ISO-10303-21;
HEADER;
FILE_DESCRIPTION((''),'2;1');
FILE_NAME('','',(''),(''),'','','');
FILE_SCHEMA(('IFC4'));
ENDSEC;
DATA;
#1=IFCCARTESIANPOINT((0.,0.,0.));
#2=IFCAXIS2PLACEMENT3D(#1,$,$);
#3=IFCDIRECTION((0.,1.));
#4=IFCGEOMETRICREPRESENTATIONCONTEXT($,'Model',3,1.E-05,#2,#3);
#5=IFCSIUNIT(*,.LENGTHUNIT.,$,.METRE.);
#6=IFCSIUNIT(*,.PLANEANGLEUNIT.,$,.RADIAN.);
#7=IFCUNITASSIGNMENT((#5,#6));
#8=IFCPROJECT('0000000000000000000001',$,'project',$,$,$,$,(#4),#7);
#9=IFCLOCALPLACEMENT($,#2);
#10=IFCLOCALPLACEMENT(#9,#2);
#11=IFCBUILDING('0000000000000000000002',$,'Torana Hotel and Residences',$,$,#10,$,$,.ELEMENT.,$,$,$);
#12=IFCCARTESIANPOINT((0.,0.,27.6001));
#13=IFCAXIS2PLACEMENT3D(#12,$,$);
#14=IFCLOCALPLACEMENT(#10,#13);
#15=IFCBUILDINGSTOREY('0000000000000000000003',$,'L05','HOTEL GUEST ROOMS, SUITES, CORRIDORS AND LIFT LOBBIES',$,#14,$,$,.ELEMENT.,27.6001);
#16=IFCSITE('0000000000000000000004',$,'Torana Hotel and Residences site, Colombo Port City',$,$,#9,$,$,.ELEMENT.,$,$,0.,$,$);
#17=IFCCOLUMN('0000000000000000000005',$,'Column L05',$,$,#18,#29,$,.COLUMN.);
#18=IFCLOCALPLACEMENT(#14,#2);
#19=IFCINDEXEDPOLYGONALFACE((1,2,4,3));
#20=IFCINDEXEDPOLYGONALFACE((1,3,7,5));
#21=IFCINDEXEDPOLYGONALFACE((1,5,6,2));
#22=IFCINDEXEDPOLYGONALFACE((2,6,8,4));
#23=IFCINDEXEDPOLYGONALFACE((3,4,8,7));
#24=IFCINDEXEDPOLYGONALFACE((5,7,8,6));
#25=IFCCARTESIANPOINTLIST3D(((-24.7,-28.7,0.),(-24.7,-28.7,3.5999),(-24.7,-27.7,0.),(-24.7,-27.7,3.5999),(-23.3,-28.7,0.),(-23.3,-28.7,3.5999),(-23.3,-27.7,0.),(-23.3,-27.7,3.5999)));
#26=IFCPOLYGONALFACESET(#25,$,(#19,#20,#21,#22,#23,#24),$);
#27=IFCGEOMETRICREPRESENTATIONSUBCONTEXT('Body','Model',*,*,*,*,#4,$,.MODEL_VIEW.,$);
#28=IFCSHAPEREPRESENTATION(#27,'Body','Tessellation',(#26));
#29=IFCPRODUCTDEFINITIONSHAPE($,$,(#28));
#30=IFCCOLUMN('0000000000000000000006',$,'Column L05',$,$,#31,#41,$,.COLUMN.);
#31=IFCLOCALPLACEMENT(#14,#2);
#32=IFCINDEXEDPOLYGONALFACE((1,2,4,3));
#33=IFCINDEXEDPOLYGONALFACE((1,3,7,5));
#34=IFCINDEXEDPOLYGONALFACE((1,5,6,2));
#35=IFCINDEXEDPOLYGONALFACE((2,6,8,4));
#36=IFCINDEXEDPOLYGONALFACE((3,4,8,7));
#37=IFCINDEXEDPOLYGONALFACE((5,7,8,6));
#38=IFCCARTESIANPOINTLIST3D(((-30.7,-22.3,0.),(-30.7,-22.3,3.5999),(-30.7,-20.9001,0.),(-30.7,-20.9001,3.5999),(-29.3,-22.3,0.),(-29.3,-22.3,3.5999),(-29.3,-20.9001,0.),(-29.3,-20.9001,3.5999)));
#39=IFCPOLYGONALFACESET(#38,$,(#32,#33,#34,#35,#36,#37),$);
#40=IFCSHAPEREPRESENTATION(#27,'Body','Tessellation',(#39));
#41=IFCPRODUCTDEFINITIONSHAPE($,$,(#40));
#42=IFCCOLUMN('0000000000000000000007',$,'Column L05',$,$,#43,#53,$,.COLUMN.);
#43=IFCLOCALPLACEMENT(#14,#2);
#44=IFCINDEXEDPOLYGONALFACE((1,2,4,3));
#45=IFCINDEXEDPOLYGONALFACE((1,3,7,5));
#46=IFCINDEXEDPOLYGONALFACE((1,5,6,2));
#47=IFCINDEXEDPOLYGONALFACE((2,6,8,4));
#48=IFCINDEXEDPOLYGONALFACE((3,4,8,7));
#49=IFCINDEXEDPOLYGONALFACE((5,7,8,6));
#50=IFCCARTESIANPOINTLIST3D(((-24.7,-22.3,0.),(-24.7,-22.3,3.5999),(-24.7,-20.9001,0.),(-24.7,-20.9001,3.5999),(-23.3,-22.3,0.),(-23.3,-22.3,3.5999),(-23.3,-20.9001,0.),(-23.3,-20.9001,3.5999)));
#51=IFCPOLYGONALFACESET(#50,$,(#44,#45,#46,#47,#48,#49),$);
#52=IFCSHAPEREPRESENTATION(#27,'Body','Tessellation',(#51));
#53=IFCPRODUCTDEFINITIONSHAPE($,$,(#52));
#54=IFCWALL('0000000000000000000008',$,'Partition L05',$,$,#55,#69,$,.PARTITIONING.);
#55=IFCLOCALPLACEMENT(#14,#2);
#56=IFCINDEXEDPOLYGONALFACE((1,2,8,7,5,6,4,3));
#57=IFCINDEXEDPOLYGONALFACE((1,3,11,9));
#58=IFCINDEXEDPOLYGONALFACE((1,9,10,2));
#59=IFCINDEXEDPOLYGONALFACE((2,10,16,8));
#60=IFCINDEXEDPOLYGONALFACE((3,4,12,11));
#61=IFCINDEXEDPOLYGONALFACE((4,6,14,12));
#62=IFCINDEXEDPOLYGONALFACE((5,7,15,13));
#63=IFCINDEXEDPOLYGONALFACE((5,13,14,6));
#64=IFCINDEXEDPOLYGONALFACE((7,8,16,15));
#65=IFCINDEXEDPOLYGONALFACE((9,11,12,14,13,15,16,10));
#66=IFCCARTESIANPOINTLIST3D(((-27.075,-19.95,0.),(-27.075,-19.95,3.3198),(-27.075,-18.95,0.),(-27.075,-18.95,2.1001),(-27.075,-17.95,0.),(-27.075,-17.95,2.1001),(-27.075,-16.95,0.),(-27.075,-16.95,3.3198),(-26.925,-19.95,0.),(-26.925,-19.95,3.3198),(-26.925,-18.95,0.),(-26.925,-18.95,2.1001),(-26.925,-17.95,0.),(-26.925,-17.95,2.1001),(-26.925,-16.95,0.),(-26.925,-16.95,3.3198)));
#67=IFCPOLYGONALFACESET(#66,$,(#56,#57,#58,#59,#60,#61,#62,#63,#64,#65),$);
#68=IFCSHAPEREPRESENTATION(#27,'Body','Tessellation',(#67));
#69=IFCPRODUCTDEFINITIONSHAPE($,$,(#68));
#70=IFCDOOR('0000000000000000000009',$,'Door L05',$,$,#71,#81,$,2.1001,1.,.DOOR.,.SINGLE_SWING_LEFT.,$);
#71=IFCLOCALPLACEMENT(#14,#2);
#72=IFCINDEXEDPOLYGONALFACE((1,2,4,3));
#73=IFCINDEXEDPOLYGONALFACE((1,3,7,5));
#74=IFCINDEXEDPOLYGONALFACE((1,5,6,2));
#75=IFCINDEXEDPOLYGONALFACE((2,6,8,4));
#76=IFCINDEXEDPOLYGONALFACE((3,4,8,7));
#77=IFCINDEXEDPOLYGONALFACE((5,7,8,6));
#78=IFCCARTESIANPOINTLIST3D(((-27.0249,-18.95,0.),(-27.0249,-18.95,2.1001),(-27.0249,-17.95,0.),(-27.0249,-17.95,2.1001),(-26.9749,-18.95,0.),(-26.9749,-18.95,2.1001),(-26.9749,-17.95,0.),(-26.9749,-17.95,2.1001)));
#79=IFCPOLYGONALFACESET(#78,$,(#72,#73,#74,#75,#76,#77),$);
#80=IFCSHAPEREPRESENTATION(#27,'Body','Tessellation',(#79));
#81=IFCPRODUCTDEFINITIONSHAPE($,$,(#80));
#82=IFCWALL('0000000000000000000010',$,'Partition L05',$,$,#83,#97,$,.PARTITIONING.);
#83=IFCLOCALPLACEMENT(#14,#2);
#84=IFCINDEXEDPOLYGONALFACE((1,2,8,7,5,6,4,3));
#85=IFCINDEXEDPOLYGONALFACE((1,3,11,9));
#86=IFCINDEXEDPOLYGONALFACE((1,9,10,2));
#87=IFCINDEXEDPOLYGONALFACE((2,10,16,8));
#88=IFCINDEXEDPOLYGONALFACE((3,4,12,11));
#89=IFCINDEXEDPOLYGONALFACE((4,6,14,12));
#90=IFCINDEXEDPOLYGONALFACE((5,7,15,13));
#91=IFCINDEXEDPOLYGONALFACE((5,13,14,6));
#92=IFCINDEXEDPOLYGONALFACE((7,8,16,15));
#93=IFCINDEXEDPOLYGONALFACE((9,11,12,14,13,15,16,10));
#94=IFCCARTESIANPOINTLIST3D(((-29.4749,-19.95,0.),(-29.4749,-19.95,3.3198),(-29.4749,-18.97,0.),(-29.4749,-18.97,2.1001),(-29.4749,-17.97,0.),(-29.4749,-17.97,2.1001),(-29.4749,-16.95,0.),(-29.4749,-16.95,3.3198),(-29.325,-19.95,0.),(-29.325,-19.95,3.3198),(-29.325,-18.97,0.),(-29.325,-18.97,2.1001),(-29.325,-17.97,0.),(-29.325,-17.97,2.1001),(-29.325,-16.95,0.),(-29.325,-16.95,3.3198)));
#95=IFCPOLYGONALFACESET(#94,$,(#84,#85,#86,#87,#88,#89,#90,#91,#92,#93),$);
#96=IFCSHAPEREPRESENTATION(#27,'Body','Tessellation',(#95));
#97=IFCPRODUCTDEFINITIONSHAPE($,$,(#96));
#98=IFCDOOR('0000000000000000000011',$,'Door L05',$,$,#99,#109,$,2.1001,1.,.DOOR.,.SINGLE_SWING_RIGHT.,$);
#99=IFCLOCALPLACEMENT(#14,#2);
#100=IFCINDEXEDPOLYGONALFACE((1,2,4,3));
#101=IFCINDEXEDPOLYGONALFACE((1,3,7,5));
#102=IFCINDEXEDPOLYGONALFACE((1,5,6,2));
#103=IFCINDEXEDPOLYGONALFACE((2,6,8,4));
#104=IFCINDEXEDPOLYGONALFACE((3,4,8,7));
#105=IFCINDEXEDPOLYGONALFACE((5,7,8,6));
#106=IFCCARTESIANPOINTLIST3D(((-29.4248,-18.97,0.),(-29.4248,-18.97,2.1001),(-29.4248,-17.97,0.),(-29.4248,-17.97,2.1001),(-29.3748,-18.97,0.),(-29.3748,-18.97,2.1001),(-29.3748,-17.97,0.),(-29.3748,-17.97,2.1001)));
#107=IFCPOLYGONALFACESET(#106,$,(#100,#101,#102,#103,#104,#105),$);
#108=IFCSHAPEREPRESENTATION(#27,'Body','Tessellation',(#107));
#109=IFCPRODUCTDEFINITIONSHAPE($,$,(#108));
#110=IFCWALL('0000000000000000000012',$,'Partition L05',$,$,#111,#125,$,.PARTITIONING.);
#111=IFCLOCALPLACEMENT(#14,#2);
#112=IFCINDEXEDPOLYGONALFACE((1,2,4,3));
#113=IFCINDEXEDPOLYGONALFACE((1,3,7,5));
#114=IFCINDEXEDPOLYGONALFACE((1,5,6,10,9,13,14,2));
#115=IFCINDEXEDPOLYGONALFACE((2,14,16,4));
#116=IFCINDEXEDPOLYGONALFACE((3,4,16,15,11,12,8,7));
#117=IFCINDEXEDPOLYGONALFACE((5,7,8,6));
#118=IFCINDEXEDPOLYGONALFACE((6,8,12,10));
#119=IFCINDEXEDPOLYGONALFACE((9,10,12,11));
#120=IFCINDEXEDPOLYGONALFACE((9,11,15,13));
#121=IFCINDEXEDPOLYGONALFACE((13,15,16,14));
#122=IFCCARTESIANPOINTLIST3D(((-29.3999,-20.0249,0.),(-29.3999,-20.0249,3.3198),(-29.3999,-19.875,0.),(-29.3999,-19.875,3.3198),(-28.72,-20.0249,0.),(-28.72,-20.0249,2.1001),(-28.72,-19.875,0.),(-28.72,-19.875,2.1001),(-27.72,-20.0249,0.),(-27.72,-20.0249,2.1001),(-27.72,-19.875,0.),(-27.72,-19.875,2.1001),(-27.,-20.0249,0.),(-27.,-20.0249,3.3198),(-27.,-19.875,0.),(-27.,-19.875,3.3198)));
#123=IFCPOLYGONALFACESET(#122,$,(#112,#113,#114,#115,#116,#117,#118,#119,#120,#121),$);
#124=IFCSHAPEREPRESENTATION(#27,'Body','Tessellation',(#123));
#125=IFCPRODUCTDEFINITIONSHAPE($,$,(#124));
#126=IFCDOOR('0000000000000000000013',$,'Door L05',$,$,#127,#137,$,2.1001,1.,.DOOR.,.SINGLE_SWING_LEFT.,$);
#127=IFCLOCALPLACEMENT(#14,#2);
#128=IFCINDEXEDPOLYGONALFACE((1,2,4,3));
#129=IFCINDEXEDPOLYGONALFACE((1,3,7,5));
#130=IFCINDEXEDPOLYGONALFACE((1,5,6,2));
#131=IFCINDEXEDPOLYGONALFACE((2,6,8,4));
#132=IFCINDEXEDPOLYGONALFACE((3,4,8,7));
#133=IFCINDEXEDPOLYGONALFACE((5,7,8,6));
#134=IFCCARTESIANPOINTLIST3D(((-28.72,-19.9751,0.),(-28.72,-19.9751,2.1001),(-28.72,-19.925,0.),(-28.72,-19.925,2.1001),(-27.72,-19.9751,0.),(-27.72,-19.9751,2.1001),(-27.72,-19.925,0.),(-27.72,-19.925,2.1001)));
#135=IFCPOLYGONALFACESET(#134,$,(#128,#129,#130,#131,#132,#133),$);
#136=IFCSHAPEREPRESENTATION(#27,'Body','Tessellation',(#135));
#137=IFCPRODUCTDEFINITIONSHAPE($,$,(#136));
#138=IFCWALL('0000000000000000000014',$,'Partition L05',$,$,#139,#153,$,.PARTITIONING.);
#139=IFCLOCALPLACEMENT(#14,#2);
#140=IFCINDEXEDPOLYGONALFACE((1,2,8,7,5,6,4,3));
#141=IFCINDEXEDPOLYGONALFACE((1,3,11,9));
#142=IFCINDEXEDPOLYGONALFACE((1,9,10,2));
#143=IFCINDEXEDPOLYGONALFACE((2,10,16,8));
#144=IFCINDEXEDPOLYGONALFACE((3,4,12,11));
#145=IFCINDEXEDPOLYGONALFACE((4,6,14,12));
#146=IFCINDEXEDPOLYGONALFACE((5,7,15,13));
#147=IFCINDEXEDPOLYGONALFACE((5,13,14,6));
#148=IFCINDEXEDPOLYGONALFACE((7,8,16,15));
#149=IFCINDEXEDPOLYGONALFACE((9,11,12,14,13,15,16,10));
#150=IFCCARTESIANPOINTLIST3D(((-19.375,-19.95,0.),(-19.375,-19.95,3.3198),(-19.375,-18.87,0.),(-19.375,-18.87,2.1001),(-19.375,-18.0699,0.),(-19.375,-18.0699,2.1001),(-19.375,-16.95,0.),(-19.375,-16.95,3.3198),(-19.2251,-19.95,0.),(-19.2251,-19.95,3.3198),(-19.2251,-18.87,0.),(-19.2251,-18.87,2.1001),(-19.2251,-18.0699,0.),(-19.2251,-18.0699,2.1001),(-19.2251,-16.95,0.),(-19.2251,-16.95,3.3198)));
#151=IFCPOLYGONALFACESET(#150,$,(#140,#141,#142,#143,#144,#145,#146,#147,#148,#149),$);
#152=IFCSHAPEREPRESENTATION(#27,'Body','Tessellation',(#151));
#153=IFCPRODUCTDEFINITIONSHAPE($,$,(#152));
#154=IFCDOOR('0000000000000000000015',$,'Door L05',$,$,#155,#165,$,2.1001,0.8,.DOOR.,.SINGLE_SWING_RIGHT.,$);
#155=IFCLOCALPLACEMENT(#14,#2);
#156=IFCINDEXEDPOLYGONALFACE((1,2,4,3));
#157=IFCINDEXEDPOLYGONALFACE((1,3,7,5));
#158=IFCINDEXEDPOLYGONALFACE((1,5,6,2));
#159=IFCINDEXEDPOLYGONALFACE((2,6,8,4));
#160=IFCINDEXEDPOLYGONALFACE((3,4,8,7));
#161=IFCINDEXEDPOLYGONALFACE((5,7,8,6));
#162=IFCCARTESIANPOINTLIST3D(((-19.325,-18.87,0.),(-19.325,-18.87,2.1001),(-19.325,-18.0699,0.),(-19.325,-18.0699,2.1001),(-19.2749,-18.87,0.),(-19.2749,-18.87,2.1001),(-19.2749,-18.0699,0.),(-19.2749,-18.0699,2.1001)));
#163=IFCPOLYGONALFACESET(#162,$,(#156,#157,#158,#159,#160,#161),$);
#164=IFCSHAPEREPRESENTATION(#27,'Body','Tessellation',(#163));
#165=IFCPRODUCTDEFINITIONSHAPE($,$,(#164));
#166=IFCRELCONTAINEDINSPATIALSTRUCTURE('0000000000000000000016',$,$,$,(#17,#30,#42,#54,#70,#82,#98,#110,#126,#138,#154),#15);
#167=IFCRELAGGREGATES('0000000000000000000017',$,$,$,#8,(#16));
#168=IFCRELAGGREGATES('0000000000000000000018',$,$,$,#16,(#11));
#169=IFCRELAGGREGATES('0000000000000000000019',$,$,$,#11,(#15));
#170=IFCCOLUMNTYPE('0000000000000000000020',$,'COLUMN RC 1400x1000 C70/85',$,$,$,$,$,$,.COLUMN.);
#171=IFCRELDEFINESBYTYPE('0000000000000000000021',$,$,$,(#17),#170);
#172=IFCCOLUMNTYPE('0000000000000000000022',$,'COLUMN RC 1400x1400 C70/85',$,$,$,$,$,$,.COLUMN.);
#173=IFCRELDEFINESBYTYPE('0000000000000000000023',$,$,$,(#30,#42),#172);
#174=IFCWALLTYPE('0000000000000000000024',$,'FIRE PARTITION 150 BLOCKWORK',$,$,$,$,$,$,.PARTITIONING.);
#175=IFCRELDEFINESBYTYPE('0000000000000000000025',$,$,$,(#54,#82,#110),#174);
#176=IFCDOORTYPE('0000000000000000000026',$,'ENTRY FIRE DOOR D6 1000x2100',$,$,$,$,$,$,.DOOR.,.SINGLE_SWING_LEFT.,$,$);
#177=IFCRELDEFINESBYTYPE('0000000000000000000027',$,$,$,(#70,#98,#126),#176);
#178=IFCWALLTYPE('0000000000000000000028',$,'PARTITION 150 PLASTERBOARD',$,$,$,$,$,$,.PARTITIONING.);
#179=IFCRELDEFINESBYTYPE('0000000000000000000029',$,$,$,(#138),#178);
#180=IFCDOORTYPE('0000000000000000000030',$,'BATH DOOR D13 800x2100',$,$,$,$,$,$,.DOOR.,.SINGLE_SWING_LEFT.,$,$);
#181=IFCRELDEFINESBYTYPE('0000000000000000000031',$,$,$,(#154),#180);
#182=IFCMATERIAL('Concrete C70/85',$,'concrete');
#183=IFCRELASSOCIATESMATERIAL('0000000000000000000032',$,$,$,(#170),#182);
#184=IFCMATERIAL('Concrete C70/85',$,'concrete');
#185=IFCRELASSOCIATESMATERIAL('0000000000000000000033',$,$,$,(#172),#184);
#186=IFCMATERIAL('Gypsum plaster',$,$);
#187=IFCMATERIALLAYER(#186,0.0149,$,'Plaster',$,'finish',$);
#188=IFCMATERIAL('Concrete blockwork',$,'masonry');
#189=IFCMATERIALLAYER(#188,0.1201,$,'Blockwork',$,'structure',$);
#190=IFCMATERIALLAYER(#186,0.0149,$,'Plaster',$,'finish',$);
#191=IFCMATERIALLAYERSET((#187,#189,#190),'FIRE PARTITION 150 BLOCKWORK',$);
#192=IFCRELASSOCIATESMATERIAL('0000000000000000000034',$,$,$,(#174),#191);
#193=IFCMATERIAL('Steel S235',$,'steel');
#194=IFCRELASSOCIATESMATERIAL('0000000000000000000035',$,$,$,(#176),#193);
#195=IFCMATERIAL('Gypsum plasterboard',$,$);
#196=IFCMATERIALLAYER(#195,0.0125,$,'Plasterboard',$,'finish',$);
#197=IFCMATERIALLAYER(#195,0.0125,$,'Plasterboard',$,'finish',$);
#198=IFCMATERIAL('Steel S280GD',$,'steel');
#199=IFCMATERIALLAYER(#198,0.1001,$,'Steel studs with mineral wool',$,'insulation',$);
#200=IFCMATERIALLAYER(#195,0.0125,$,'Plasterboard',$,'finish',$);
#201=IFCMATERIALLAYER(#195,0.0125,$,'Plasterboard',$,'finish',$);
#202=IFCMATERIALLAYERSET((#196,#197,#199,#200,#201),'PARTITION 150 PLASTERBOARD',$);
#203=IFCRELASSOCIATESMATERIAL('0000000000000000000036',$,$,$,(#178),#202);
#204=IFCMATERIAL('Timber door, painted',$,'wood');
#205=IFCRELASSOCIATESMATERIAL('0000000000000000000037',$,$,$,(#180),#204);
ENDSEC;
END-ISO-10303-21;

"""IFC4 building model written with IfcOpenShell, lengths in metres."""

from ifc_helpers import new_model, si_unit, direction, frame, frame_2d, origin, origin_2d, place, context, subcontext, project, spatial, rectangle, extrude, material, layer, layer_set, material_profile, profile_set, type_object, element, fill, save


model = new_model("IFC4")

# Units and contexts
model_context = context("Model", 3, precision=1e-05, world=origin(), true_north=direction((0.0, 1.0)))
body_context = subcontext(model_context, "Body", "Model", "MODEL_VIEW")
ifc_project = project(units=[si_unit("LENGTHUNIT", "METRE"), si_unit("PLANEANGLEUNIT", "RADIAN")], contexts=[model_context])

# Site, building, storey
site_placement = place(None, origin())
site = spatial("IfcSite", under=ifc_project, at=site_placement, Name="Torana Hotel and Residences site, Colombo Port City", CompositionType="ELEMENT", RefElevation=0.0)
building_placement = place(site_placement, origin())
building = spatial("IfcBuilding", under=site, at=building_placement, Name="Torana Hotel and Residences", CompositionType="ELEMENT")
storey_placement = place(building_placement, frame((0.0, 0.0, 27.6001)))
storey = spatial("IfcBuildingStorey", under=building, at=storey_placement, Name="L05", Description="HOTEL GUEST ROOMS, SUITES, CORRIDORS AND LIFT LOBBIES", CompositionType="ELEMENT", Elevation=27.6001)

# Columns
ifc_material_1 = material(Name="Concrete C70/85", Category="concrete")
ifc_material_profile_1 = material_profile(ifc_material_1, rectangle(XDim=1.3999, YDim=1.0, at=origin_2d()), Name="RC 1400x1000")
ifc_profile_set_1 = profile_set([ifc_material_profile_1], Name="Concrete C70/85")
column_type_1 = type_object("IfcColumnType", Name="COLUMN RC 1400x1000 C70/85", PredefinedType="COLUMN", material=ifc_profile_set_1)
column_placement = place(storey_placement, frame((-24.0, -28.2, 0.0), z_axis=(0.0, 0.0, 1.0), x_axis=(1.0, 0.0, 0.0)))
element("IfcColumn", 1, at=column_placement, inside=storey, type_object=column_type_1, Name="Column L05", PredefinedType="COLUMN", context=body_context, shape_type="SweptSolid", body=[
    extrude(rectangle(XDim=1.3999, YDim=1.0, at=origin_2d()), origin(), (0.0, 0.0, 1.0), 3.5999),
])
ifc_material_2 = material(Name="Concrete C70/85", Category="concrete")
ifc_material_profile_2 = material_profile(ifc_material_2, rectangle(XDim=1.3999, YDim=1.3999, at=origin_2d()), Name="RC 1400x1400")
ifc_profile_set_2 = profile_set([ifc_material_profile_2], Name="Concrete C70/85")
column_type_2 = type_object("IfcColumnType", Name="COLUMN RC 1400x1400 C70/85", PredefinedType="COLUMN", material=ifc_profile_set_2)
for number, where, z_axis, x_axis, name in (
    (2, (-30.0, -21.6001, 0.0), (0.0, 0.0, 1.0), (1.0, 0.0, 0.0), "Column L05"),
    (3, (-24.0, -21.6001, 0.0), (0.0, 0.0, 1.0), (1.0, 0.0, 0.0), "Column L05"),
):
    element("IfcColumn", number, at=place(storey_placement, frame(where, z_axis=z_axis, x_axis=x_axis)), inside=storey, type_object=column_type_2, Name=name, PredefinedType="COLUMN", context=body_context, shape_type="SweptSolid", body=[
        extrude(rectangle(XDim=1.3999, YDim=1.3999, at=origin_2d()), origin(), (0.0, 0.0, 1.0), 3.5999),
    ])

# Walls, openings, doors
ifc_material_3 = material(Name="Gypsum plaster")
ifc_layer_1 = layer(ifc_material_3, 0.0149, Name="Plaster", Category="finish")
ifc_material_4 = material(Name="Concrete blockwork", Category="masonry")
ifc_layer_2 = layer(ifc_material_4, 0.1201, Name="Blockwork", Category="structure")
ifc_layer_3 = layer(ifc_material_3, 0.0149, Name="Plaster", Category="finish")
ifc_layer_set_1 = layer_set([ifc_layer_1, ifc_layer_2, ifc_layer_3], Name="FIRE PARTITION 150 BLOCKWORK")
wall_type_1 = type_object("IfcWallType", Name="FIRE PARTITION 150 BLOCKWORK", PredefinedType="PARTITIONING", material=ifc_layer_set_1)
wall_1_placement = place(storey_placement, frame((-27.0, -19.95, 0.0), z_axis=(0.0, 0.0, 1.0), x_axis=(0.0, 1.0, 0.0)))
wall_1 = element("IfcWall", 4, at=wall_1_placement, inside=storey, type_object=wall_type_1, Name="Partition L05", PredefinedType="PARTITIONING", context=body_context, shape_type="SweptSolid", body=[
    extrude(rectangle(XDim=3.0, YDim=0.1499, at=frame_2d((1.5, 0.0))), origin(), (0.0, 0.0, 1.0), 3.3198),
])
opening_1_placement = place(wall_1_placement, frame((1.0, 0.0, 0.0)))
opening_1 = element("IfcOpeningElement", 5, at=opening_1_placement, cuts=wall_1, PredefinedType="OPENING", context=body_context, shape_type="SweptSolid", body=[
    extrude(rectangle(XDim=1.0, YDim=2.1001, at=frame_2d((0.5, 1.05))), frame((0.0, 0.085, 0.0), z_axis=(0.0, -1.0, 0.0), x_axis=(1.0, 0.0, 0.0)), (0.0, 0.0, 1.0), 0.1699),
])
ifc_material_5 = material(Name="Steel S235", Category="steel")
door_type_1 = type_object("IfcDoorType", Name="ENTRY FIRE DOOR D6 1000x2100", OperationType="SINGLE_SWING_LEFT", PredefinedType="DOOR", material=ifc_material_5)
door_1_placement = place(opening_1_placement, frame((0.5, 0.0, 0.0), z_axis=(0.0, 0.0, 1.0), x_axis=(-1.0, 0.0, 0.0)))
door_1 = element("IfcDoor", 6, at=door_1_placement, inside=storey, type_object=door_type_1, Name="Door L05", OperationType="SINGLE_SWING_LEFT", OverallHeight=2.1001, OverallWidth=1.0, PredefinedType="DOOR", context=body_context, shape_type="SweptSolid", body=[
    extrude(rectangle(XDim=1.0, YDim=2.1001, at=frame_2d((0.0, 1.05))), frame((0.0, -0.0249, 0.0), z_axis=(0.0, 1.0, 0.0), x_axis=(-1.0, 0.0, 0.0)), (0.0, 0.0, 1.0), 0.05),
])
fill(opening_1, door_1)
wall_2_placement = place(storey_placement, frame((-29.3999, -19.95, 0.0), z_axis=(0.0, 0.0, 1.0), x_axis=(0.0, 1.0, 0.0)))
wall_2 = element("IfcWall", 7, at=wall_2_placement, inside=storey, type_object=wall_type_1, Name="Partition L05", PredefinedType="PARTITIONING", context=body_context, shape_type="SweptSolid", body=[
    extrude(rectangle(XDim=3.0, YDim=0.1499, at=frame_2d((1.5, 0.0))), origin(), (0.0, 0.0, 1.0), 3.3198),
])
opening_2_placement = place(wall_2_placement, frame((0.98, 0.0, 0.0)))
opening_2 = element("IfcOpeningElement", 8, at=opening_2_placement, cuts=wall_2, PredefinedType="OPENING", context=body_context, shape_type="SweptSolid", body=[
    extrude(rectangle(XDim=1.0, YDim=2.1001, at=frame_2d((0.5, 1.05))), frame((0.0, 0.085, 0.0), z_axis=(0.0, -1.0, 0.0), x_axis=(1.0, 0.0, 0.0)), (0.0, 0.0, 1.0), 0.1699),
])
door_2_placement = place(opening_2_placement, origin())
door_2 = element("IfcDoor", 9, at=door_2_placement, inside=storey, type_object=door_type_1, Name="Door L05", OperationType="SINGLE_SWING_RIGHT", OverallHeight=2.1001, OverallWidth=1.0, PredefinedType="DOOR", context=body_context, shape_type="SweptSolid", body=[
    extrude(rectangle(XDim=1.0, YDim=2.1001, at=frame_2d((0.5, 1.05))), frame((0.0, 0.0249, 0.0), z_axis=(0.0, -1.0, 0.0), x_axis=(1.0, 0.0, 0.0)), (0.0, 0.0, 1.0), 0.05),
])
fill(opening_2, door_2)
wall_3_placement = place(storey_placement, frame((-29.3999, -19.95, 0.0), z_axis=(0.0, 0.0, 1.0), x_axis=(1.0, 0.0, 0.0)))
wall_3 = element("IfcWall", 10, at=wall_3_placement, inside=storey, type_object=wall_type_1, Name="Partition L05", PredefinedType="PARTITIONING", context=body_context, shape_type="SweptSolid", body=[
    extrude(rectangle(XDim=2.3999, YDim=0.1499, at=frame_2d((1.2, 0.0))), origin(), (0.0, 0.0, 1.0), 3.3198),
])
opening_3_placement = place(wall_3_placement, frame((0.6799, 0.0, 0.0)))
opening_3 = element("IfcOpeningElement", 11, at=opening_3_placement, cuts=wall_3, PredefinedType="OPENING", context=body_context, shape_type="SweptSolid", body=[
    extrude(rectangle(XDim=1.0, YDim=2.1001, at=frame_2d((0.5, 1.05))), frame((0.0, 0.085, 0.0), z_axis=(0.0, -1.0, 0.0), x_axis=(1.0, 0.0, 0.0)), (0.0, 0.0, 1.0), 0.1699),
])
door_3_placement = place(opening_3_placement, frame((0.5, 0.0, 0.0), z_axis=(0.0, 0.0, 1.0), x_axis=(-1.0, 0.0, 0.0)))
door_3 = element("IfcDoor", 12, at=door_3_placement, inside=storey, type_object=door_type_1, Name="Door L05", OperationType="SINGLE_SWING_LEFT", OverallHeight=2.1001, OverallWidth=1.0, PredefinedType="DOOR", context=body_context, shape_type="SweptSolid", body=[
    extrude(rectangle(XDim=1.0, YDim=2.1001, at=frame_2d((0.0, 1.05))), frame((0.0, -0.0249, 0.0), z_axis=(0.0, 1.0, 0.0), x_axis=(-1.0, 0.0, 0.0)), (0.0, 0.0, 1.0), 0.05),
])
fill(opening_3, door_3)
ifc_material_6 = material(Name="Gypsum plasterboard")
ifc_layer_4 = layer(ifc_material_6, 0.0125, Name="Plasterboard", Category="finish")
ifc_layer_5 = layer(ifc_material_6, 0.0125, Name="Plasterboard", Category="finish")
ifc_material_7 = material(Name="Steel S280GD", Category="steel")
ifc_layer_6 = layer(ifc_material_7, 0.1001, Name="Steel studs with mineral wool", Category="insulation")
ifc_layer_7 = layer(ifc_material_6, 0.0125, Name="Plasterboard", Category="finish")
ifc_layer_8 = layer(ifc_material_6, 0.0125, Name="Plasterboard", Category="finish")
ifc_layer_set_2 = layer_set([ifc_layer_4, ifc_layer_5, ifc_layer_6, ifc_layer_7, ifc_layer_8], Name="PARTITION 150 PLASTERBOARD")
wall_type_2 = type_object("IfcWallType", Name="PARTITION 150 PLASTERBOARD", PredefinedType="PARTITIONING", material=ifc_layer_set_2)
wall_4_placement = place(storey_placement, frame((-19.3, -19.95, 0.0), z_axis=(0.0, 0.0, 1.0), x_axis=(0.0, 1.0, 0.0)))
wall_4 = element("IfcWall", 13, at=wall_4_placement, inside=storey, type_object=wall_type_2, Name="Partition L05", PredefinedType="PARTITIONING", context=body_context, shape_type="SweptSolid", body=[
    extrude(rectangle(XDim=3.0, YDim=0.1499, at=frame_2d((1.5, 0.0))), origin(), (0.0, 0.0, 1.0), 3.3198),
])
opening_4_placement = place(wall_4_placement, frame((1.0801, 0.0, 0.0)))
opening_4 = element("IfcOpeningElement", 14, at=opening_4_placement, cuts=wall_4, PredefinedType="OPENING", context=body_context, shape_type="SweptSolid", body=[
    extrude(rectangle(XDim=0.8, YDim=2.1001, at=frame_2d((0.3999, 1.05))), frame((0.0, 0.085, 0.0), z_axis=(0.0, -1.0, 0.0), x_axis=(1.0, 0.0, 0.0)), (0.0, 0.0, 1.0), 0.1699),
])
ifc_material_8 = material(Name="Timber door, painted", Category="wood")
door_type_2 = type_object("IfcDoorType", Name="BATH DOOR D13 800x2100", OperationType="SINGLE_SWING_LEFT", PredefinedType="DOOR", material=ifc_material_8)
door_4_placement = place(opening_4_placement, origin())
door_4 = element("IfcDoor", 15, at=door_4_placement, inside=storey, type_object=door_type_2, Name="Door L05", OperationType="SINGLE_SWING_RIGHT", OverallHeight=2.1001, OverallWidth=0.8, PredefinedType="DOOR", context=body_context, shape_type="SweptSolid", body=[
    extrude(rectangle(XDim=0.8, YDim=2.1001, at=frame_2d((0.3999, 1.05))), frame((0.0, 0.0249, 0.0), z_axis=(0.0, -1.0, 0.0), x_axis=(1.0, 0.0, 0.0)), (0.0, 0.0, 1.0), 0.05),
])
fill(opening_4, door_4)

save(model, "model.ifc")
